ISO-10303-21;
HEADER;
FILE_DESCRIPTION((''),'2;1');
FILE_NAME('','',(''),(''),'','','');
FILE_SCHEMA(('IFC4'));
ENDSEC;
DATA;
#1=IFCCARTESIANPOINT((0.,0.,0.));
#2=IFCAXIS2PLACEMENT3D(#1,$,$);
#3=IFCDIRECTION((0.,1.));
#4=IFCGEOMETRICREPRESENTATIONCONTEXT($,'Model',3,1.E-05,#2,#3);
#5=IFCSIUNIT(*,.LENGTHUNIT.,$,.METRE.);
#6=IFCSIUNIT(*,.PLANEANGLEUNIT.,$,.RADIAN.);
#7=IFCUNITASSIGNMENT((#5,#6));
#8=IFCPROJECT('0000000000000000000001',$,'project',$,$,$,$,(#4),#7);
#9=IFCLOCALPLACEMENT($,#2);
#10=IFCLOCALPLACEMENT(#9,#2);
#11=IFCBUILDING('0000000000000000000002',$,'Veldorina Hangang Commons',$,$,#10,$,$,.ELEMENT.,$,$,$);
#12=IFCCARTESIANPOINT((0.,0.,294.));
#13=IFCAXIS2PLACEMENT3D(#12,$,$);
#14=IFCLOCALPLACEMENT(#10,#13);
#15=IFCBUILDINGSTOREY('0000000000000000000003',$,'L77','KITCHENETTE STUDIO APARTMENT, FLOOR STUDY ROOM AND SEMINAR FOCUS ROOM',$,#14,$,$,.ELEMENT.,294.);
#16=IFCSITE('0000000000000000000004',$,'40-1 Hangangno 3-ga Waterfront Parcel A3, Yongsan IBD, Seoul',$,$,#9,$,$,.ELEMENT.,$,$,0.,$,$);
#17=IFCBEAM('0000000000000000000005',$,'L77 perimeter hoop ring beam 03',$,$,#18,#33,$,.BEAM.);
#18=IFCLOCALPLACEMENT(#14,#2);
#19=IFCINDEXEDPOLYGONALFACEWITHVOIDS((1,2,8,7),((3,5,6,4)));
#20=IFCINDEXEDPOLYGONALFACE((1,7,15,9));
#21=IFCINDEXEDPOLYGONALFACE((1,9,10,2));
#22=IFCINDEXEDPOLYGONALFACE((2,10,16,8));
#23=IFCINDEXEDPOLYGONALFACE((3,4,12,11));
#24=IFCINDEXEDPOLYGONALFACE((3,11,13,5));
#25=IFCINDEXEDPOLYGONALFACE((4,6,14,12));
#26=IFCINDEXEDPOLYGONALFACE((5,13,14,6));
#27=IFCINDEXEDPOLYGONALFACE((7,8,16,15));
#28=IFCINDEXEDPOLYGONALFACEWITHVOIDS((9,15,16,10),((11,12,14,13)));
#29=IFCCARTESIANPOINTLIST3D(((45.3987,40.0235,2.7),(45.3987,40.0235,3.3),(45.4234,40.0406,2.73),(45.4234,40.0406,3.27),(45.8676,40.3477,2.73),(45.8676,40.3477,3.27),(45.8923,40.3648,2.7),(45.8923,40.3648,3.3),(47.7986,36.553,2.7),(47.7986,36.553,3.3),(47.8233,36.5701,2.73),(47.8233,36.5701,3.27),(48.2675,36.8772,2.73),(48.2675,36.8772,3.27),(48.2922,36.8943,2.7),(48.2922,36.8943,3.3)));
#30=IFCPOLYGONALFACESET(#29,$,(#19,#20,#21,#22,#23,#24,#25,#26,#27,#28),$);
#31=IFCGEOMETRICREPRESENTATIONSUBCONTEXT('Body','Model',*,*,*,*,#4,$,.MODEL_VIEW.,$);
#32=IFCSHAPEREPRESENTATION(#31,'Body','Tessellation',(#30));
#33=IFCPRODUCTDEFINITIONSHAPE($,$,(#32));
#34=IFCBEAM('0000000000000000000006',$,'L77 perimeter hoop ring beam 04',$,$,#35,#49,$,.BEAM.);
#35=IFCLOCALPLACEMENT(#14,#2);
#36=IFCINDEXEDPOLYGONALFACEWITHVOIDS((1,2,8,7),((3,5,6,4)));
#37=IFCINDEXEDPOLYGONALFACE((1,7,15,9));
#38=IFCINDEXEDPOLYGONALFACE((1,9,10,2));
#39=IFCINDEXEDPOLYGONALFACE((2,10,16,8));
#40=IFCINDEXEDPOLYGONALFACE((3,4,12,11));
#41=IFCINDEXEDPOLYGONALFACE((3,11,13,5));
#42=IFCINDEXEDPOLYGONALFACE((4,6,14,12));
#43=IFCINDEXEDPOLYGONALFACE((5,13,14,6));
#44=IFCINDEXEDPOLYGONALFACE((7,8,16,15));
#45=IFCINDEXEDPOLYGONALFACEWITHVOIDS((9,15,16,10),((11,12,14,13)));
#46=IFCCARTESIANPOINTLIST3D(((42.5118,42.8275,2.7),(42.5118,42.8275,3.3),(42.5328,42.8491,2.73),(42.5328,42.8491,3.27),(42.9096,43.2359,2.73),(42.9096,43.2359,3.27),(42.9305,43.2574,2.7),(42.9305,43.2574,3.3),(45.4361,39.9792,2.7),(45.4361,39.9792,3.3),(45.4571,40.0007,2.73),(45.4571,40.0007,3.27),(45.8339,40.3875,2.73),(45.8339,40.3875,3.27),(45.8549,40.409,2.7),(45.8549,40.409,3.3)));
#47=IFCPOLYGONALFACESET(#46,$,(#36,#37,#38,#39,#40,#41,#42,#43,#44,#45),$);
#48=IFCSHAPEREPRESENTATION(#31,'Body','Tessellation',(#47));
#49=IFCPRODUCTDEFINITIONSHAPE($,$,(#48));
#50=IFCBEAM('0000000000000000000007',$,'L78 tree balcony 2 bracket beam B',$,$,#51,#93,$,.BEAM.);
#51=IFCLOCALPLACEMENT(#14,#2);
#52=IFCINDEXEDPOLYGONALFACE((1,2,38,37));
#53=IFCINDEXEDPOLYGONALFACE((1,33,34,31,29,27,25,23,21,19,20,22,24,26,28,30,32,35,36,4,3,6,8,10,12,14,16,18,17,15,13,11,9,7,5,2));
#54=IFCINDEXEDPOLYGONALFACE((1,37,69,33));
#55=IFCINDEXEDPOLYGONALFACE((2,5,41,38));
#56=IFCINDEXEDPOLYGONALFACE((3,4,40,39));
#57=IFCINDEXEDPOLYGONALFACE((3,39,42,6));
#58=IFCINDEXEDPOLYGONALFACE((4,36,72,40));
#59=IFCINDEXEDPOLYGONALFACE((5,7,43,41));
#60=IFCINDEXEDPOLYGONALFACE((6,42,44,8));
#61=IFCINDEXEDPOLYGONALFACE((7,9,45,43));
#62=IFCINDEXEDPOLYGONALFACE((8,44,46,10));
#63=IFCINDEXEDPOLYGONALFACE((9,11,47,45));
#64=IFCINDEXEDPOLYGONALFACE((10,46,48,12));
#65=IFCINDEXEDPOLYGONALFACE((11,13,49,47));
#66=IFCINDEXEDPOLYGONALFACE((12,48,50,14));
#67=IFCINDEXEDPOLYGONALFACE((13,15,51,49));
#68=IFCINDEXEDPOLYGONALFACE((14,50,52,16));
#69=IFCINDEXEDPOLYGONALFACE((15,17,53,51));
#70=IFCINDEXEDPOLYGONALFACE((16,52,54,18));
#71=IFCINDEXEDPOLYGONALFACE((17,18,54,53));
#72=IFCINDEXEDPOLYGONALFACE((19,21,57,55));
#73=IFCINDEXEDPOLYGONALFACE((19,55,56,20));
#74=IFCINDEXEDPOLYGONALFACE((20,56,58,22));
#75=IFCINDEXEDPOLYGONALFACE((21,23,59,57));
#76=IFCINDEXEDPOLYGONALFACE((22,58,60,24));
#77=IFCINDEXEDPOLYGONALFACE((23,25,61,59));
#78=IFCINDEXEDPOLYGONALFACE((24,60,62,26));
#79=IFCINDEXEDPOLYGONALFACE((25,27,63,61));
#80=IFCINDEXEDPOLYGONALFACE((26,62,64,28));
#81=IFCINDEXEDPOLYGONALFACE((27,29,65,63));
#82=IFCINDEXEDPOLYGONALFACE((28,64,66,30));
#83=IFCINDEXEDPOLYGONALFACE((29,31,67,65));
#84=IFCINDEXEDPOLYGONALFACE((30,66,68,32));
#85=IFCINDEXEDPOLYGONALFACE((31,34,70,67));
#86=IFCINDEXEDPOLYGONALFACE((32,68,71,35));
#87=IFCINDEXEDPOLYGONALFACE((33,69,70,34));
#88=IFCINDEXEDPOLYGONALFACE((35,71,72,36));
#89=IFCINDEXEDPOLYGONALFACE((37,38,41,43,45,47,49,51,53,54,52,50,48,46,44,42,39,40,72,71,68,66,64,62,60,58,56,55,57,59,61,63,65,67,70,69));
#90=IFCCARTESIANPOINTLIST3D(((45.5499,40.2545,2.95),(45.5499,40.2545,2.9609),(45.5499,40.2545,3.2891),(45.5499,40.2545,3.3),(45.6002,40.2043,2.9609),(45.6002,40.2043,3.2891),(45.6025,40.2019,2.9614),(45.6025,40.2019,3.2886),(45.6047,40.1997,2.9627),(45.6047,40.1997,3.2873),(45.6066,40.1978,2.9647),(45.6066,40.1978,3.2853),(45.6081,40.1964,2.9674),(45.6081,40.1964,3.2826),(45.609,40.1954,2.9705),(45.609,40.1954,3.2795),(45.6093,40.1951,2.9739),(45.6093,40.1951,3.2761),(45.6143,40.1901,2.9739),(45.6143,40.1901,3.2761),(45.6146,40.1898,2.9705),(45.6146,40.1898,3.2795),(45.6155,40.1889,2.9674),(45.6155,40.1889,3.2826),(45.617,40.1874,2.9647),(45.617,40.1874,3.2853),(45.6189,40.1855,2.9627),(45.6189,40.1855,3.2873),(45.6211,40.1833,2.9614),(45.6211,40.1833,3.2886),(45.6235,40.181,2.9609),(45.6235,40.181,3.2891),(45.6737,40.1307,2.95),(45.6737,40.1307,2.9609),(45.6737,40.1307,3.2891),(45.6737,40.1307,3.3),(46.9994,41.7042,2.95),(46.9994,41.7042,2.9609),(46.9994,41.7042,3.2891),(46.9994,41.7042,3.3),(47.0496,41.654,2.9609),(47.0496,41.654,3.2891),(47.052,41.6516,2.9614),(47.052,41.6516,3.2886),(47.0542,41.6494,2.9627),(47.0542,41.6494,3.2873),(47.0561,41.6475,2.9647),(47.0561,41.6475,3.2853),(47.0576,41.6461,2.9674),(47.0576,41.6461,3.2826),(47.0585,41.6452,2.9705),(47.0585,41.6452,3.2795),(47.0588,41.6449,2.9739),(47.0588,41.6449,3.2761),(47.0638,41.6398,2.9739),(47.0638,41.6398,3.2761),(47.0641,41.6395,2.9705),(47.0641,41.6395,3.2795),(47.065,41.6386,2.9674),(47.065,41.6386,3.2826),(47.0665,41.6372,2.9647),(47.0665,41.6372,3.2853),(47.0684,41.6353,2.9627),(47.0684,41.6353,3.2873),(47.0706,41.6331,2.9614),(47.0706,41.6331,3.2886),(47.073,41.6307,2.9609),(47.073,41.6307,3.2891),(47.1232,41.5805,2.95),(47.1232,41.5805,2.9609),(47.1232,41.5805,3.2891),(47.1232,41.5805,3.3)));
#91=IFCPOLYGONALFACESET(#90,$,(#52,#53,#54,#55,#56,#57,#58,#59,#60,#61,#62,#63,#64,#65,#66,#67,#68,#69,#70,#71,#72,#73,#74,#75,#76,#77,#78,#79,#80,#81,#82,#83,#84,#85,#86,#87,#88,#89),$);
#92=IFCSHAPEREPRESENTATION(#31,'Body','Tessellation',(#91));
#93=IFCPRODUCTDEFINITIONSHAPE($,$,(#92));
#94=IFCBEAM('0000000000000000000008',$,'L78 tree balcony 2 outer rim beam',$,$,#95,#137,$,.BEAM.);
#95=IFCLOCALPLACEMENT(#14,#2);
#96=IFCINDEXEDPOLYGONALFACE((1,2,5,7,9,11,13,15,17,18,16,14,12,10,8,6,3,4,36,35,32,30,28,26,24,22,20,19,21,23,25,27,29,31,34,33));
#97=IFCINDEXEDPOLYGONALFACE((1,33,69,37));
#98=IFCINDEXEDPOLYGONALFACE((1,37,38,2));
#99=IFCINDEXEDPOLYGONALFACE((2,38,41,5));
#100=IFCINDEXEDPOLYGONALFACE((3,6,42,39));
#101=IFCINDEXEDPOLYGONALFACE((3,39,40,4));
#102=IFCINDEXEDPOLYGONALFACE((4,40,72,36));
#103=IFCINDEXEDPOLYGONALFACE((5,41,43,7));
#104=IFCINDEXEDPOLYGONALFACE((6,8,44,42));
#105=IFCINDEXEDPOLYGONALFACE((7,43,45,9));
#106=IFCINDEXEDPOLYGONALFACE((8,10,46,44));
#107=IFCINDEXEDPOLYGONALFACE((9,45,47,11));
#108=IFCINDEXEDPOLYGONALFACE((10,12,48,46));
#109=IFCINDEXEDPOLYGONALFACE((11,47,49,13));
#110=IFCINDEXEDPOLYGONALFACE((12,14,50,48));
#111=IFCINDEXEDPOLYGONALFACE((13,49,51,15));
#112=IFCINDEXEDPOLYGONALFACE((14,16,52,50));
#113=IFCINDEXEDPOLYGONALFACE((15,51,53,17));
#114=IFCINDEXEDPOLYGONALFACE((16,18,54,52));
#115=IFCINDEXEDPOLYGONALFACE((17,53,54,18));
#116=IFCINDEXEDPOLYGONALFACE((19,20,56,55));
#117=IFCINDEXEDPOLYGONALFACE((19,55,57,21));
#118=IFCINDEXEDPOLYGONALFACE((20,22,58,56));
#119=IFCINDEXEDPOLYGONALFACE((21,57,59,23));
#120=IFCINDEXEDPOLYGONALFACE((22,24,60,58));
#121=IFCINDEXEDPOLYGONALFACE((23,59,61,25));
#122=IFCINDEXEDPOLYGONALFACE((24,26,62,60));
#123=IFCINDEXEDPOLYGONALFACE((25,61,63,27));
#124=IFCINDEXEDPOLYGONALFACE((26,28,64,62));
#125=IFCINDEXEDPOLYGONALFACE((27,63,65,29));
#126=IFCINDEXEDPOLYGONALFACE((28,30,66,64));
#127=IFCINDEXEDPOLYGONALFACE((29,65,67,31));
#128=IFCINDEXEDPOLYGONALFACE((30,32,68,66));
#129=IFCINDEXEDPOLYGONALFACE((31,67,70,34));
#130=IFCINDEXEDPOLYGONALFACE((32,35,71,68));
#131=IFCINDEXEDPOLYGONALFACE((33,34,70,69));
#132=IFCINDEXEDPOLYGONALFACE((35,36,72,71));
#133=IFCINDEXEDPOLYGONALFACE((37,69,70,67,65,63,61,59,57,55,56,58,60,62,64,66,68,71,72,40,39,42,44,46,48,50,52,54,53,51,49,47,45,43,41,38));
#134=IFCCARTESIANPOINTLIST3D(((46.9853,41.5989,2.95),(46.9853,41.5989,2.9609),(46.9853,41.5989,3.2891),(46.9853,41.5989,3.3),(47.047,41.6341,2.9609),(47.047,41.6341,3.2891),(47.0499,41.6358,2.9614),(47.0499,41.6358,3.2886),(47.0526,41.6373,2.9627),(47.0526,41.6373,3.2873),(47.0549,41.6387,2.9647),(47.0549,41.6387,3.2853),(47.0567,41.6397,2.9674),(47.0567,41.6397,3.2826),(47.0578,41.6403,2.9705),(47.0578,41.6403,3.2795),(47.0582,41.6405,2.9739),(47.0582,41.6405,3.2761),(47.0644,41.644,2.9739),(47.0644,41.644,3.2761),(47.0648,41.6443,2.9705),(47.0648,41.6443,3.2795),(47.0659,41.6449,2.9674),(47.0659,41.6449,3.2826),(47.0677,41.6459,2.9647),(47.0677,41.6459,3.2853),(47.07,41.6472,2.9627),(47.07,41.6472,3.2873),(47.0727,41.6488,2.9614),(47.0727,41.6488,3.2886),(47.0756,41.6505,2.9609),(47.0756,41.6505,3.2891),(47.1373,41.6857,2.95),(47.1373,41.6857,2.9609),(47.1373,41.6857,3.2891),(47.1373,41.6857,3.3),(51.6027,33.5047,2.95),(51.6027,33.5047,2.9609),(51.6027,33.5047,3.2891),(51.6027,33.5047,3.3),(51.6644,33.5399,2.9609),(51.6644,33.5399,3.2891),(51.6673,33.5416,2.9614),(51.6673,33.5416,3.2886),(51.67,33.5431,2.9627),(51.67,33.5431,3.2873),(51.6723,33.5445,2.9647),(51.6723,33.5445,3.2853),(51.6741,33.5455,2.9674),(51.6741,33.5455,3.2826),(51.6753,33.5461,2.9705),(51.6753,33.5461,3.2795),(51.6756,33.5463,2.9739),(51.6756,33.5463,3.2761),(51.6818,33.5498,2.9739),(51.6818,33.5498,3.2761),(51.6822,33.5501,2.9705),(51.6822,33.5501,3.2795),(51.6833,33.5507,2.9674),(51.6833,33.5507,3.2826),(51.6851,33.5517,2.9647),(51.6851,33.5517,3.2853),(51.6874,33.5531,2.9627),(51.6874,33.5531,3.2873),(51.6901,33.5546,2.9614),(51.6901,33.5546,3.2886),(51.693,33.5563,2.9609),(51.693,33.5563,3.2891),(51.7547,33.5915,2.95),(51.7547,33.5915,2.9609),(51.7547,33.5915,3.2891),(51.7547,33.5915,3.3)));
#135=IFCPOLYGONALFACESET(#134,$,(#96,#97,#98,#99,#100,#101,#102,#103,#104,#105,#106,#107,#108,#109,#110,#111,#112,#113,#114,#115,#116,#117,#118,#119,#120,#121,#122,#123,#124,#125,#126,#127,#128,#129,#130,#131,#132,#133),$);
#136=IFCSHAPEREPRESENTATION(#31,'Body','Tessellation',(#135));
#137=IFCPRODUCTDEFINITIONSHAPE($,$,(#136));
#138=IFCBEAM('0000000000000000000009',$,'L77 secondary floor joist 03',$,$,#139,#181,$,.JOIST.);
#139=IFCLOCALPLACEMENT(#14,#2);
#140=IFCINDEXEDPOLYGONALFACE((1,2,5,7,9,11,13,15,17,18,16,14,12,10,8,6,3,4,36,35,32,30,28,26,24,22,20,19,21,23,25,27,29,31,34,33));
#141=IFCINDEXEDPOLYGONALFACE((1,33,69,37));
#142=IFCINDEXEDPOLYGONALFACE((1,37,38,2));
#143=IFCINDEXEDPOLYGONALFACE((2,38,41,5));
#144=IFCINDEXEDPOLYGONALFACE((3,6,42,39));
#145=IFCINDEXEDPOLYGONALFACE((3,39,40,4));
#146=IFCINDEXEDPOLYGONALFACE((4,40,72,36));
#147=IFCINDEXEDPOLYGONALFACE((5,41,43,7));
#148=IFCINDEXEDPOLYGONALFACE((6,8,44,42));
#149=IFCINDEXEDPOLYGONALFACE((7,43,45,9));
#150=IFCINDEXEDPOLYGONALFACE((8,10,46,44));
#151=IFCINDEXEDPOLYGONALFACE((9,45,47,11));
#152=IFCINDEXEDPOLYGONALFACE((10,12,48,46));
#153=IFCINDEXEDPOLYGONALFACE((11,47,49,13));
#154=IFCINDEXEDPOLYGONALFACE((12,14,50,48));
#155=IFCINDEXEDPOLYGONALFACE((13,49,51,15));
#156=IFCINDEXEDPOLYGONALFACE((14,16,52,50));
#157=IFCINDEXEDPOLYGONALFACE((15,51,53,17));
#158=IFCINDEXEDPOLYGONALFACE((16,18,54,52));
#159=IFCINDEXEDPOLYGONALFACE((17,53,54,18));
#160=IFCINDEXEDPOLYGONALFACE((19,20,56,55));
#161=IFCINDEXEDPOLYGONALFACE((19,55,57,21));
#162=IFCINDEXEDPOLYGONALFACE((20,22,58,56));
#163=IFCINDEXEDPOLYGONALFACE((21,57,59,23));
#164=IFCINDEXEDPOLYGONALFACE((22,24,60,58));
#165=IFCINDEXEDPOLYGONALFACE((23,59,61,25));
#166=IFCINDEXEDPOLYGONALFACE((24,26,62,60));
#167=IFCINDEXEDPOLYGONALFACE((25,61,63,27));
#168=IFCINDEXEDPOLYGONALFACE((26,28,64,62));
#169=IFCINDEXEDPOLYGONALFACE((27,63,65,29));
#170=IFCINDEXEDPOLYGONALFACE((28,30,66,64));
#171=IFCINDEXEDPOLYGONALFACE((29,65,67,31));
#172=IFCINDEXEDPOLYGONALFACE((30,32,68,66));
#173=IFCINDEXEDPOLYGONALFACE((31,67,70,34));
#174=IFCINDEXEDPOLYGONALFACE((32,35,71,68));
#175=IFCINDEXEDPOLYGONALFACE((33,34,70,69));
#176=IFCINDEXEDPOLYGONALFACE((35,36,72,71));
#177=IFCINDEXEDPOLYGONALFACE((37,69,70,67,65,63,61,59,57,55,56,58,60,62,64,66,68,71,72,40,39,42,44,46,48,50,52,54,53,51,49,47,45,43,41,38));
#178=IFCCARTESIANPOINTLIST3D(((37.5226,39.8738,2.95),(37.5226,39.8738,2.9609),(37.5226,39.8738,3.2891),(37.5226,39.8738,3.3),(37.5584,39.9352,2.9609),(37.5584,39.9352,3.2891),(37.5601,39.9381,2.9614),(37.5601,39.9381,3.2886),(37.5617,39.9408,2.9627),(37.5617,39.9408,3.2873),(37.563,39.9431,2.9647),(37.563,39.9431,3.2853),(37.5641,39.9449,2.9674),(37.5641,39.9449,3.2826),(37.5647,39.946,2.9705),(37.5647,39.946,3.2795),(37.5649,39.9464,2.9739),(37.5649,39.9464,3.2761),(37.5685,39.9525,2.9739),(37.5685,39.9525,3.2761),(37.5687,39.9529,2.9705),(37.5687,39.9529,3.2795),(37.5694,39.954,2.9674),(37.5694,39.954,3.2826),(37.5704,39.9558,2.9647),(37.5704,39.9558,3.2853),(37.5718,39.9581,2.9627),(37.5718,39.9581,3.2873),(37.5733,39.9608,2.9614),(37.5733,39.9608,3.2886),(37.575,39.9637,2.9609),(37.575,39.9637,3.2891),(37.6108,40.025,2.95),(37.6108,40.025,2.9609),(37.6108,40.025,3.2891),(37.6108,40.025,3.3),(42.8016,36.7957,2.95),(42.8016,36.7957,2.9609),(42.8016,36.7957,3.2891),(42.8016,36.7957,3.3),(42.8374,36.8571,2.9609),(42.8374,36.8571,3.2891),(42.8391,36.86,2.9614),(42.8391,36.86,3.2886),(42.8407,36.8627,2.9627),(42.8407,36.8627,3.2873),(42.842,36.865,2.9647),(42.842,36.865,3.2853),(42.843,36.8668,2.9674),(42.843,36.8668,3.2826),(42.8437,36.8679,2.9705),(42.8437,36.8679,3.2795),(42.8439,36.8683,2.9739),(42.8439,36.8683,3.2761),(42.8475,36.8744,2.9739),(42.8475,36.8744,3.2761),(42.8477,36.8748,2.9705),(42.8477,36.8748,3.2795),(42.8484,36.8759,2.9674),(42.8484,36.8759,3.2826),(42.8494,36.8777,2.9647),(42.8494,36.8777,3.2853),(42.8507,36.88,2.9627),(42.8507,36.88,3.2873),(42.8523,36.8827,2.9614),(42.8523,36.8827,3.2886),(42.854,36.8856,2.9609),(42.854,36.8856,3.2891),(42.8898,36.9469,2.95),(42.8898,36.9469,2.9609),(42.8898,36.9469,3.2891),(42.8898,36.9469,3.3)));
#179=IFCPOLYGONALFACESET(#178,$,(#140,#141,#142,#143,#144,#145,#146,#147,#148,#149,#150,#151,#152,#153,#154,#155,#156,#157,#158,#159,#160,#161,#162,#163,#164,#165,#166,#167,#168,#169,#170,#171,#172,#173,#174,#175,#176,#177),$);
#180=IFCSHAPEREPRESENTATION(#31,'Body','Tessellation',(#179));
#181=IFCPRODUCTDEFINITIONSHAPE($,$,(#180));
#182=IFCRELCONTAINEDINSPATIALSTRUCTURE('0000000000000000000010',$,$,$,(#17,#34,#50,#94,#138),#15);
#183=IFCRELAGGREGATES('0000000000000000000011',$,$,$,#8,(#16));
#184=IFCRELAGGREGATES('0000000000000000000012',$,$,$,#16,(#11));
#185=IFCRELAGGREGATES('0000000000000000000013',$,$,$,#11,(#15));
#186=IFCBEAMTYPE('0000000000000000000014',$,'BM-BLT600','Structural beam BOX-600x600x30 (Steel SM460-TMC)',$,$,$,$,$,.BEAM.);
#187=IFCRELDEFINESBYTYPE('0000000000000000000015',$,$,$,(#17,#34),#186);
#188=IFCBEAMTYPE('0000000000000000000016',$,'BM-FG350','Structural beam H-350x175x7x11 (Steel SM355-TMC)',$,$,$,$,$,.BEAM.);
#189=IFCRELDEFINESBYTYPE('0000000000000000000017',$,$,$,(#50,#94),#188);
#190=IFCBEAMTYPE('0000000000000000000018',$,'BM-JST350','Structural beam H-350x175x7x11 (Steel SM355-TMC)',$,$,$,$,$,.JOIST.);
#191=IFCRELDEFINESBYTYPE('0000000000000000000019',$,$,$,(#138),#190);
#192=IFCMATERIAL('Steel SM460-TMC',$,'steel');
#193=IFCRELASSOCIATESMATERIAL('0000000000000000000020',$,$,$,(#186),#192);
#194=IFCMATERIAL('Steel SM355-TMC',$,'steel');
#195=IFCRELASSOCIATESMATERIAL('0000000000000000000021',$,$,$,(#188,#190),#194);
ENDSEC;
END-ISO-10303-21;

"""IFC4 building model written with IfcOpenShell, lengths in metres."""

from ifc_helpers import new_model, si_unit, direction, frame, origin, origin_2d, place, context, subcontext, project, spatial, hollow_rectangle, i_section, extrude, material, material_profile, profile_set, type_object, element, save


model = new_model("IFC4")

# Units and contexts
model_context = context("Model", 3, precision=1e-05, world=origin(), true_north=direction((0.0, 1.0)))
body_context = subcontext(model_context, "Body", "Model", "MODEL_VIEW")
ifc_project = project(units=[si_unit("LENGTHUNIT", "METRE"), si_unit("PLANEANGLEUNIT", "RADIAN")], contexts=[model_context])

# Site, building, storey
site_placement = place(None, origin())
site = spatial("IfcSite", under=ifc_project, at=site_placement, Name="40-1 Hangangno 3-ga Waterfront Parcel A3, Yongsan IBD, Seoul", CompositionType="ELEMENT", RefElevation=0.0)
building_placement = place(site_placement, origin())
building = spatial("IfcBuilding", under=site, at=building_placement, Name="Veldorina Hangang Commons", CompositionType="ELEMENT")
storey_placement = place(building_placement, frame((0.0, 0.0, 294.0)))
storey = spatial("IfcBuildingStorey", under=building, at=storey_placement, Name="L77", Description="KITCHENETTE STUDIO APARTMENT, FLOOR STUDY ROOM AND SEMINAR FOCUS ROOM", CompositionType="ELEMENT", Elevation=294.0)

# Beams
ifc_material_1 = material(Name="Steel SM460-TMC", Category="steel")
ifc_material_profile_1 = material_profile(ifc_material_1, hollow_rectangle(XDim=0.6001, YDim=0.6001, WallThickness=0.03, at=origin_2d()), Name="BOX-600x600x30")
ifc_profile_set_1 = profile_set([ifc_material_profile_1], Name="Steel SM460-TMC")
beam_type_1 = type_object("IfcBeamType", Name="BM-BLT600", Description="Structural beam BOX-600x600x30 (Steel SM460-TMC)", PredefinedType="BEAM", material=ifc_profile_set_1)
beam_1_placement = place(storey_placement, frame((48.0454, 36.7236, 3.0), z_axis=(-0.568774, 0.822494, 0.0), x_axis=(-0.822494, -0.568774, 0.0)))
element("IfcBeam", 1, at=beam_1_placement, inside=storey, type_object=beam_type_1, Name="L77 perimeter hoop ring beam 03", PredefinedType="BEAM", context=body_context, shape_type="SweptSolid", body=[
    extrude(hollow_rectangle(XDim=0.6001, YDim=0.6001, WallThickness=0.03, at=origin_2d()), origin(), (0.0, 0.0, 1.0), 4.2195),
])
beam_2_placement = place(storey_placement, frame((45.6455, 40.1941, 3.0), z_axis=(-0.716345, 0.697746, 0.0), x_axis=(-0.697746, -0.716345, 0.0)))
element("IfcBeam", 2, at=beam_2_placement, inside=storey, type_object=beam_type_1, Name="L77 perimeter hoop ring beam 04", PredefinedType="BEAM", context=body_context, shape_type="SweptSolid", body=[
    extrude(hollow_rectangle(XDim=0.6001, YDim=0.6001, WallThickness=0.03, at=origin_2d()), origin(), (0.0, 0.0, 1.0), 4.0823),
])
ifc_material_2 = material(Name="Steel SM355-TMC", Category="steel")
ifc_material_profile_2 = material_profile(ifc_material_2, i_section(OverallWidth=0.175, OverallDepth=0.3501, WebThickness=0.0071, FlangeThickness=0.011, FilletRadius=0.0129, at=origin_2d()), Name="H-350x175x7x11")
ifc_profile_set_2 = profile_set([ifc_material_profile_2], Name="Steel SM355-TMC")
beam_type_2 = type_object("IfcBeamType", Name="BM-FG350", Description="Structural beam H-350x175x7x11 (Steel SM355-TMC)", PredefinedType="BEAM", material=ifc_profile_set_2)
beam_3_placement = place(storey_placement, frame((45.6118, 40.1926, 3.125), z_axis=(0.707047, 0.707166, 0.0), x_axis=(-0.707166, 0.707047, 0.0)))
element("IfcBeam", 3, at=beam_3_placement, inside=storey, type_object=beam_type_2, Name="L78 tree balcony 2 bracket beam B", PredefinedType="BEAM", context=body_context, shape_type="SweptSolid", body=[
    extrude(i_section(OverallWidth=0.175, OverallDepth=0.3501, WebThickness=0.0071, FlangeThickness=0.011, FilletRadius=0.0129, at=origin_2d()), origin(), (0.0, 0.0, 1.0), 2.05),
])
beam_4_placement = place(storey_placement, frame((51.6787, 33.5481, 3.125), z_axis=(-0.495504, 0.868606, 0.0), x_axis=(-0.868606, -0.495504, 0.0)))
element("IfcBeam", 4, at=beam_4_placement, inside=storey, type_object=beam_type_2, Name="L78 tree balcony 2 outer rim beam", PredefinedType="BEAM", context=body_context, shape_type="SweptSolid", body=[
    extrude(i_section(OverallWidth=0.175, OverallDepth=0.3501, WebThickness=0.0071, FlangeThickness=0.011, FilletRadius=0.0129, at=origin_2d()), origin(), (0.0, 0.0, 1.0), 9.3186),
])
ifc_material_profile_3 = material_profile(ifc_material_2, i_section(OverallWidth=0.175, OverallDepth=0.3501, WebThickness=0.0071, FlangeThickness=0.011, FilletRadius=0.0129, at=origin_2d()), Name="H-350x175x7x11")
ifc_profile_set_3 = profile_set([ifc_material_profile_3], Name="Steel SM355-TMC")
beam_type_3 = type_object("IfcBeamType", Name="BM-JST350", Description="Structural beam H-350x175x7x11 (Steel SM355-TMC)", PredefinedType="JOIST", material=ifc_profile_set_3)
beam_5_placement = place(storey_placement, frame((42.8457, 36.8713, 3.125), z_axis=(-0.863873, 0.50371, 0.0), x_axis=(-0.50371, -0.863873, 0.0)))
element("IfcBeam", 5, at=beam_5_placement, inside=storey, type_object=beam_type_3, Name="L77 secondary floor joist 03", PredefinedType="JOIST", context=body_context, shape_type="SweptSolid", body=[
    extrude(i_section(OverallWidth=0.175, OverallDepth=0.3501, WebThickness=0.0071, FlangeThickness=0.011, FilletRadius=0.0129, at=origin_2d()), origin(), (0.0, 0.0, 1.0), 6.1108),
])

save(model, "model.ifc")
